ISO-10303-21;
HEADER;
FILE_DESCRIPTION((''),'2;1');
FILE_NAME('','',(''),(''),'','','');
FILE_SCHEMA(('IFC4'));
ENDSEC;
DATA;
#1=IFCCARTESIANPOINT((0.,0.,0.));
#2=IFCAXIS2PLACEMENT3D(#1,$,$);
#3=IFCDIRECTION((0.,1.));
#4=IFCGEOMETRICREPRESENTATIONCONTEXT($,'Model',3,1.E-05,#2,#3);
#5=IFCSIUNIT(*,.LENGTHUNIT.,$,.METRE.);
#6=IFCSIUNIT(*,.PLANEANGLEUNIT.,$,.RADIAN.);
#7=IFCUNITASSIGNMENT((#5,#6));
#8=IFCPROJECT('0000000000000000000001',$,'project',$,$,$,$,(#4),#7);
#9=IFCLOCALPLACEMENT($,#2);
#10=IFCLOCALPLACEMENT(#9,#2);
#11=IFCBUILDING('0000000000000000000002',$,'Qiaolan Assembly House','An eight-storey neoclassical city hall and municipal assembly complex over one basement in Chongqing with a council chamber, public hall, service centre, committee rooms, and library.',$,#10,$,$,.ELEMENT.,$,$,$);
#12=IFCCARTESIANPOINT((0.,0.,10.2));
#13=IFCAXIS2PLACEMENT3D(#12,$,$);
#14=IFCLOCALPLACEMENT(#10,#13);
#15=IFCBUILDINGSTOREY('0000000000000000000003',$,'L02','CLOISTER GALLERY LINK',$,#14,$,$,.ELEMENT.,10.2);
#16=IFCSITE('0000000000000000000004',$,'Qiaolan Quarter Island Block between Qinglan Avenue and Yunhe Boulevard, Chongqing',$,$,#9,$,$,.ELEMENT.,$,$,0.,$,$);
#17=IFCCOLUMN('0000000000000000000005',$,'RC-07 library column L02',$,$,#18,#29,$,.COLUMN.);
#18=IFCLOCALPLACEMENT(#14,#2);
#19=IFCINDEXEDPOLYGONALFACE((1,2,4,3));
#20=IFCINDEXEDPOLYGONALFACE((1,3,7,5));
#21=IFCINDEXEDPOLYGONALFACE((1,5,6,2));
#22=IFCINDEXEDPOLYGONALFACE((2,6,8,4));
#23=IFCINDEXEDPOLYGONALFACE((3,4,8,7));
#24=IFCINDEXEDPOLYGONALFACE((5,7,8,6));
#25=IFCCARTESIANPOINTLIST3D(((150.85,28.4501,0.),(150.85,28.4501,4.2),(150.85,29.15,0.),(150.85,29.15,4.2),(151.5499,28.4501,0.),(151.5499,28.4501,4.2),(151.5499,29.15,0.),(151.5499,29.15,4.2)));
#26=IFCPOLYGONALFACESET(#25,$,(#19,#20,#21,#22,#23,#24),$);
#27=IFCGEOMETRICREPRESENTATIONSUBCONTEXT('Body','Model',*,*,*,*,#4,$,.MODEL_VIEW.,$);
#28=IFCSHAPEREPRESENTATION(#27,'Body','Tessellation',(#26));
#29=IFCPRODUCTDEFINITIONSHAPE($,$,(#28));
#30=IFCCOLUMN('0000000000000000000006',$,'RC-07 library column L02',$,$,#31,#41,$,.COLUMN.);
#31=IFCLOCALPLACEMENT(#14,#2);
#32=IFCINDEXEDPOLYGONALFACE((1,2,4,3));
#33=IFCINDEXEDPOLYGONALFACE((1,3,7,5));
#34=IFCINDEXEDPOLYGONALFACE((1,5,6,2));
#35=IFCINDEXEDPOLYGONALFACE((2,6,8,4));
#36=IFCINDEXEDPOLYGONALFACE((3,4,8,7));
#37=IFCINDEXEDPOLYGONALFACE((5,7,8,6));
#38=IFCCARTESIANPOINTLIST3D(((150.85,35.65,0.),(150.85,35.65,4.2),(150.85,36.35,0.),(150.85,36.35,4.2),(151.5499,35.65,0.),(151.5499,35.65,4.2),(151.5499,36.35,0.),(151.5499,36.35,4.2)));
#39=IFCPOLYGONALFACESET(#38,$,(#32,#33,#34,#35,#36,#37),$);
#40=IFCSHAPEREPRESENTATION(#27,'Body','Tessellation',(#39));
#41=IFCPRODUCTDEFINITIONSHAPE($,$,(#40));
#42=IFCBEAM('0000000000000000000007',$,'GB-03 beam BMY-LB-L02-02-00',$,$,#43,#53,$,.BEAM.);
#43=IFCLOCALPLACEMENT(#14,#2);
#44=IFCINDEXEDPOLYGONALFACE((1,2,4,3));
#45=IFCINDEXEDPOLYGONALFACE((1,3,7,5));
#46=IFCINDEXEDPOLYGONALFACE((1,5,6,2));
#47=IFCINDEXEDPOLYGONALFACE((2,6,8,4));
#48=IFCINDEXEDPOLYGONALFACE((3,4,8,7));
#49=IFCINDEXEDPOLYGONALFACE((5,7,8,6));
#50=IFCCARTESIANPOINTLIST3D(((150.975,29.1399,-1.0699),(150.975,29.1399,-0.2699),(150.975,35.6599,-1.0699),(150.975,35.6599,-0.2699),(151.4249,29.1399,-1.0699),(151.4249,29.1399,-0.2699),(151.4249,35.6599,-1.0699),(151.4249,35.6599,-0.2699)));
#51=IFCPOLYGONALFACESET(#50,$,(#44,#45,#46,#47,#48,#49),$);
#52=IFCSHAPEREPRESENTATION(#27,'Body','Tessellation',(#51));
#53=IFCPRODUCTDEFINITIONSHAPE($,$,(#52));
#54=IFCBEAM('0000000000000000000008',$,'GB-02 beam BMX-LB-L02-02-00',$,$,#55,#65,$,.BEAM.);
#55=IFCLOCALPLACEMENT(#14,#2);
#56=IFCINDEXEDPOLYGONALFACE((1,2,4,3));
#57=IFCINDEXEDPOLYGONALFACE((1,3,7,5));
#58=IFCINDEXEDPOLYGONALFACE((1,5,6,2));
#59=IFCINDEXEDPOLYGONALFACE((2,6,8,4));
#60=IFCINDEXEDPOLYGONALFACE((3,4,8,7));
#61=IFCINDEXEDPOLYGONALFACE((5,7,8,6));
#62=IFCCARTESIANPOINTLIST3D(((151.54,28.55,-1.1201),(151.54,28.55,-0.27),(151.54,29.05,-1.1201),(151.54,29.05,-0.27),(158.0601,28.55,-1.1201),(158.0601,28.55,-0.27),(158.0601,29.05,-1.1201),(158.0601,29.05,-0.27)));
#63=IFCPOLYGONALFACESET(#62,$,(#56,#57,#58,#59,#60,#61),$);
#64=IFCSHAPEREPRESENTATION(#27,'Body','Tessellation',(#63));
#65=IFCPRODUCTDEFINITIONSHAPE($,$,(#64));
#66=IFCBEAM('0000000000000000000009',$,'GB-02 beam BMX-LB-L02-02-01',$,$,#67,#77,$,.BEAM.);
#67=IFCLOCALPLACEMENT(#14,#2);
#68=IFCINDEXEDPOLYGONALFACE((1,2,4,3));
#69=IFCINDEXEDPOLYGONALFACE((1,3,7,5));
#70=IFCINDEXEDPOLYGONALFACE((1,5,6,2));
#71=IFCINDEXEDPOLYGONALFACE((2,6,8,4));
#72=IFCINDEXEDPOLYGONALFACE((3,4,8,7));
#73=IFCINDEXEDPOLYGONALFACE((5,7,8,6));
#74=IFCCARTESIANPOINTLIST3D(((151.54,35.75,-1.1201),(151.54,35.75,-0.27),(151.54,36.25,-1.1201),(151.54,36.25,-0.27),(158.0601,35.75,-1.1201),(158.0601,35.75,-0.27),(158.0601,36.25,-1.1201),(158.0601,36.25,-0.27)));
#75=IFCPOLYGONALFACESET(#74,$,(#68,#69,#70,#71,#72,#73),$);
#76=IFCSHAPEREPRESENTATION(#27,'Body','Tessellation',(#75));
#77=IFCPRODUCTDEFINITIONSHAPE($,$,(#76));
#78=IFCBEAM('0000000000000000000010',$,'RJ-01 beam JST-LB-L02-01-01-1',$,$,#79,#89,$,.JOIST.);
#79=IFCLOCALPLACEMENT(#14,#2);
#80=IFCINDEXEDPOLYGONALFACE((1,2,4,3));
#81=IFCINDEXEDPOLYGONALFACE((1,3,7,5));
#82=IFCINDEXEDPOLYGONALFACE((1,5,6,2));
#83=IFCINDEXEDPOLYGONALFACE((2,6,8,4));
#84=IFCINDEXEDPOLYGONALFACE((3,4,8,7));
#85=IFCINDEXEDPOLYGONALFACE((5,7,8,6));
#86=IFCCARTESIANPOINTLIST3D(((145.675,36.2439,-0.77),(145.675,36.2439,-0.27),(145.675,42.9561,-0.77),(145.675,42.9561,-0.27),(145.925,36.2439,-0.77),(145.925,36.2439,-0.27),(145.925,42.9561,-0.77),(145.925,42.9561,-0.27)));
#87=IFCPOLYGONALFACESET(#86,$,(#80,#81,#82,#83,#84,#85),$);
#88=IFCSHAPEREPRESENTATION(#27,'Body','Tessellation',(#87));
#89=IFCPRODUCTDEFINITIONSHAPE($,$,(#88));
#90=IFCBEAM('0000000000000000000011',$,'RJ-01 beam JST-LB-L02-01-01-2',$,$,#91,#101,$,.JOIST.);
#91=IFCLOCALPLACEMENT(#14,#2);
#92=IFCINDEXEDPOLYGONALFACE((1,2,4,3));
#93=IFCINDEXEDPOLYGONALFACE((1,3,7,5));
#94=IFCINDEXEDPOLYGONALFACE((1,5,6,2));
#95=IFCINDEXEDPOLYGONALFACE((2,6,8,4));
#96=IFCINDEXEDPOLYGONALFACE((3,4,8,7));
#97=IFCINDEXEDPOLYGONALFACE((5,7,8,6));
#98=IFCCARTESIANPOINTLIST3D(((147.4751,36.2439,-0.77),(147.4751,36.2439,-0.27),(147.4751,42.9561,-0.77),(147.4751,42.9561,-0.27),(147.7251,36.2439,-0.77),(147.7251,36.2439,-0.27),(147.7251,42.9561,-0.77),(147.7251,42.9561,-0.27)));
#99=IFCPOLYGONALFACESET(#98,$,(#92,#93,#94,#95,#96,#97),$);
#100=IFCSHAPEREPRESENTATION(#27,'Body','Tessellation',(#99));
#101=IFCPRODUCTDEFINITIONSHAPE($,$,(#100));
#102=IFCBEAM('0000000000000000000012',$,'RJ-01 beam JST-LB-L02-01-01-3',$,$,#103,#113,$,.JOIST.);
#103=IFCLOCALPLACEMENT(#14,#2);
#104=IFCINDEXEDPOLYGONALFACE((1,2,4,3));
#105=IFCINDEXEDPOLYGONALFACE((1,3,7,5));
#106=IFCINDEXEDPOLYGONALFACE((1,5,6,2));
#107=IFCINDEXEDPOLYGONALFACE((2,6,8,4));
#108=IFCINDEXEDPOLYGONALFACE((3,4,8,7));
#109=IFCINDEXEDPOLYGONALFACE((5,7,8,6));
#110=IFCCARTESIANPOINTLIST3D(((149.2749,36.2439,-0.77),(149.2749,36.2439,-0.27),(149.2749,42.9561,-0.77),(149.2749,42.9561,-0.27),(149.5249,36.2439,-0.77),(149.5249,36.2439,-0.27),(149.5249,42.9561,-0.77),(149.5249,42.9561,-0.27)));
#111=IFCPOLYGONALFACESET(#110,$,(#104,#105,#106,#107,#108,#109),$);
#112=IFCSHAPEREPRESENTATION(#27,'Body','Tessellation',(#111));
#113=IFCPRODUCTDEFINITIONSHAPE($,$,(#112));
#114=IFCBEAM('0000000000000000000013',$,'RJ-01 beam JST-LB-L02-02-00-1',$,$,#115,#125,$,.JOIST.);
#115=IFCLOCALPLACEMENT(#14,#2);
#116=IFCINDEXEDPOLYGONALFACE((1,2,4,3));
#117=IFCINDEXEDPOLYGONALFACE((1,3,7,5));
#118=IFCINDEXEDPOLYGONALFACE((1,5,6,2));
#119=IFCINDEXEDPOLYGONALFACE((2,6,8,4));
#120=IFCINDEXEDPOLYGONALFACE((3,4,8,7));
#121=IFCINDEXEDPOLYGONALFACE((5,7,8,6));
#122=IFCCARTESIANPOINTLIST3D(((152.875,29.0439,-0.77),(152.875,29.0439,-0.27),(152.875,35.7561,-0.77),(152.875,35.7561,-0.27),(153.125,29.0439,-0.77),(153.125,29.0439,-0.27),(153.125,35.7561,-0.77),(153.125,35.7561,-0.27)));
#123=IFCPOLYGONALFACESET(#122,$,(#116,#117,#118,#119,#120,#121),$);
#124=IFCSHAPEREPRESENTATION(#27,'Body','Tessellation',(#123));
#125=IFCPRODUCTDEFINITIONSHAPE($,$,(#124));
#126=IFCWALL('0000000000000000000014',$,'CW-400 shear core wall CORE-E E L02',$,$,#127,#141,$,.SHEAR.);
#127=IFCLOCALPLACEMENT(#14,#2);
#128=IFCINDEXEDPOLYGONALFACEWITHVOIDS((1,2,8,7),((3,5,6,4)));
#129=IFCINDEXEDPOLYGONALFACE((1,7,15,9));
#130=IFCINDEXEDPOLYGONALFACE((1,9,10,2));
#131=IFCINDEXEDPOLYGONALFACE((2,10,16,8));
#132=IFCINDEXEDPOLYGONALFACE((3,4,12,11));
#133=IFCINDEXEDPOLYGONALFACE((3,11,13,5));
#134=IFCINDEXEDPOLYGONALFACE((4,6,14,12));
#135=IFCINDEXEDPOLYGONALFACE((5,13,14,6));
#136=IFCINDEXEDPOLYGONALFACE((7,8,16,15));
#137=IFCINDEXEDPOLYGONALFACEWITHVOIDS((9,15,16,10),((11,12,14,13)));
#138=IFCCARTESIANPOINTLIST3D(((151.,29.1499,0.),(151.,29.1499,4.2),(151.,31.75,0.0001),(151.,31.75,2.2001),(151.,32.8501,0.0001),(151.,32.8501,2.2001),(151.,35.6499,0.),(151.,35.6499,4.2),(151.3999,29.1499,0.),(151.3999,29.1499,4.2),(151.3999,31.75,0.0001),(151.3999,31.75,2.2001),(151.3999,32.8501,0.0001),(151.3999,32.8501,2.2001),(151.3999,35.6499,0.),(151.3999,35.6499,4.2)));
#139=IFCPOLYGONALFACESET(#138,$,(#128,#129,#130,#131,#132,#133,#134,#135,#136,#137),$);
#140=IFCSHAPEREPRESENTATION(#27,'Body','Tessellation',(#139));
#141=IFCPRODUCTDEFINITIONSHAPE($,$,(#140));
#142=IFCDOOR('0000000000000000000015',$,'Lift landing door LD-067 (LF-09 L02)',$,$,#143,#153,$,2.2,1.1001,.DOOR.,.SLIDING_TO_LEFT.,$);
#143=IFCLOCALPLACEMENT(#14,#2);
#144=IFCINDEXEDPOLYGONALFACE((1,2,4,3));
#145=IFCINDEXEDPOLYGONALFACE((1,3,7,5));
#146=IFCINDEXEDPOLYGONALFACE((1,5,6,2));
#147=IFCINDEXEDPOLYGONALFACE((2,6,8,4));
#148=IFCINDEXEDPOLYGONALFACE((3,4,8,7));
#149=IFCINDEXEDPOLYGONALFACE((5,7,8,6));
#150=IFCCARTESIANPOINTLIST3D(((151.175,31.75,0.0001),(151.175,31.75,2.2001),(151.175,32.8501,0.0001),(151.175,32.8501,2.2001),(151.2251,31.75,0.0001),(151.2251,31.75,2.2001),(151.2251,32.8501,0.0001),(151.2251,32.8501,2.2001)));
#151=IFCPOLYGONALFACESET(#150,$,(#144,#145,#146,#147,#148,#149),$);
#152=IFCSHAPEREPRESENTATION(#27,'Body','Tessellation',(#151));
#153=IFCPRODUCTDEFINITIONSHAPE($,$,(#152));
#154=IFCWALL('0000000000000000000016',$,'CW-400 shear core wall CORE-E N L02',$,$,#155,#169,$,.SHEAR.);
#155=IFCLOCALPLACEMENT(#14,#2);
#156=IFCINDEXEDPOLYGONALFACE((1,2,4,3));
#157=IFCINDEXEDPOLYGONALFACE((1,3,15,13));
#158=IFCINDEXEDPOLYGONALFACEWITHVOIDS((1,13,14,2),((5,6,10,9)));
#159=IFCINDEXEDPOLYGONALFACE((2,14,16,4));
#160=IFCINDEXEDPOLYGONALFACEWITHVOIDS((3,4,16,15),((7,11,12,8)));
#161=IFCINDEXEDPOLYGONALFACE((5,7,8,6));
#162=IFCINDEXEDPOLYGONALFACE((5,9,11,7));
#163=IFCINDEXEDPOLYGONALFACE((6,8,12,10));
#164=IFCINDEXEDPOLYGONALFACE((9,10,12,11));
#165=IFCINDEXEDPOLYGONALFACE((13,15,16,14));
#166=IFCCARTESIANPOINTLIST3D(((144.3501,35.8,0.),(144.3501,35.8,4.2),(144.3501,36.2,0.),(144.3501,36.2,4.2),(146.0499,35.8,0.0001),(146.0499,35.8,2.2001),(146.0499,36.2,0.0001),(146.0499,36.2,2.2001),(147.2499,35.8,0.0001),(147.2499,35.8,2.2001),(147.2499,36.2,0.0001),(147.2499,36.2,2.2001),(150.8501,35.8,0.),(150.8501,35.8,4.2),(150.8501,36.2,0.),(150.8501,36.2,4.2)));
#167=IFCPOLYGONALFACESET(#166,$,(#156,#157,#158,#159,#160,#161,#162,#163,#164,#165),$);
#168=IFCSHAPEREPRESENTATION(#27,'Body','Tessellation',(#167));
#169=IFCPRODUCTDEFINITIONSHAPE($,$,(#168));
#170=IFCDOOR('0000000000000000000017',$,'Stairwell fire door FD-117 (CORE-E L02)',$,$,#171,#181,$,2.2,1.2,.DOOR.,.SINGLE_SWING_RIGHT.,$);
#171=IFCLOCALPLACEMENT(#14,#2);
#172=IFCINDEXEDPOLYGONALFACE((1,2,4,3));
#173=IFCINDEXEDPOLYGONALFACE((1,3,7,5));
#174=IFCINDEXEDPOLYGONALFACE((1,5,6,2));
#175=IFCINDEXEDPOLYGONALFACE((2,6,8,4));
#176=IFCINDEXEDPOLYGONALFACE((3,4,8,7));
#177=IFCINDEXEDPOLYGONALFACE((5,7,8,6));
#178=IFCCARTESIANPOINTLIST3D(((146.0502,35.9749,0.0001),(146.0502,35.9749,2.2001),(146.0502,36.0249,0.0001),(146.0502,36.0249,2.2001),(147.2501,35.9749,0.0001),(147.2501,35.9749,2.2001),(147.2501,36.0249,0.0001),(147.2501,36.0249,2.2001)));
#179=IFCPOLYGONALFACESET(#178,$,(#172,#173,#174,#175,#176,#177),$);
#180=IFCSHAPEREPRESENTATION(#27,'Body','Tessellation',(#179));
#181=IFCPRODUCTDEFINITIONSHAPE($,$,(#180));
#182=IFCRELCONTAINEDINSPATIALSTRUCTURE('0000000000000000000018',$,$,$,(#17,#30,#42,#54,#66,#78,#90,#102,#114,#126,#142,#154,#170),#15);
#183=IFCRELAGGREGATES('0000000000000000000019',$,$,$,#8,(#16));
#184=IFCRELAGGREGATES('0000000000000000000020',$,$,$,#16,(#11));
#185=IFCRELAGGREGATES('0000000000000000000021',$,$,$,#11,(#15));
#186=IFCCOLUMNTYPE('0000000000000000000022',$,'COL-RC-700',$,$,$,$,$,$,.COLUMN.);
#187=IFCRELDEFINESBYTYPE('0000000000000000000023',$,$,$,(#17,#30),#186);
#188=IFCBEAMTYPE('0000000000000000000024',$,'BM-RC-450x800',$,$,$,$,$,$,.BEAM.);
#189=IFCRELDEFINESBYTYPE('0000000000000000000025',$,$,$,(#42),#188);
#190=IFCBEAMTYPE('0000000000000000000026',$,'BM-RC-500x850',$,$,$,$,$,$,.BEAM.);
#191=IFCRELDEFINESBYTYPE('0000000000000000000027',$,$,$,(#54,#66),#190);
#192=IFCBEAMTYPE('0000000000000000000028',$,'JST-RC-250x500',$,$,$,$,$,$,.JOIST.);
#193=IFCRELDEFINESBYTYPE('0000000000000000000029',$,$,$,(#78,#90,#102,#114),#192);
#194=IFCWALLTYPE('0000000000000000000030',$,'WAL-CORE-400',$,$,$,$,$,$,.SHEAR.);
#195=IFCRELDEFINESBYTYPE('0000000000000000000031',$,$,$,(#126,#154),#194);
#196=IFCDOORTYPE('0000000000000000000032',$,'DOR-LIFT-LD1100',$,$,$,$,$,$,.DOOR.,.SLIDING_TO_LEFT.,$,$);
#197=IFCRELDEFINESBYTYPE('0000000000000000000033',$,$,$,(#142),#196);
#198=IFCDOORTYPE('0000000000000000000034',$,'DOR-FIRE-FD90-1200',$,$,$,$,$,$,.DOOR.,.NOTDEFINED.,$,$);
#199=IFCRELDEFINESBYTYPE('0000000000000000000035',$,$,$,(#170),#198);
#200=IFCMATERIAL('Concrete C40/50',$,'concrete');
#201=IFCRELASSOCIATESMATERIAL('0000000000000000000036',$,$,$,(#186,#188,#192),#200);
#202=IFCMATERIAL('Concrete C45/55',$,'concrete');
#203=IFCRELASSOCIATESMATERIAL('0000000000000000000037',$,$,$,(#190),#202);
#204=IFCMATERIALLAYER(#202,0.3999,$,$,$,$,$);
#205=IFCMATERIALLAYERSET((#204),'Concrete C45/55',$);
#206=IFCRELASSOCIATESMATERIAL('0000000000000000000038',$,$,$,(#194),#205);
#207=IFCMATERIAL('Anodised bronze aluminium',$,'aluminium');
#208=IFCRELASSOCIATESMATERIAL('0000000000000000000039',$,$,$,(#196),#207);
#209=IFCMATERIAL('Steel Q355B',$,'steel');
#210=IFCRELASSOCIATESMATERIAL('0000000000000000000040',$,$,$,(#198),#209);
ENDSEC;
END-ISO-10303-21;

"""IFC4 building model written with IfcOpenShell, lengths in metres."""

from ifc_helpers import new_model, si_unit, direction, frame, frame_2d, origin, origin_2d, place, context, subcontext, project, spatial, rectangle, extrude, material, layer, layer_set, material_profile, profile_set, type_object, element, fill, save


model = new_model("IFC4")

# Units and contexts
model_context = context("Model", 3, precision=1e-05, world=origin(), true_north=direction((0.0, 1.0)))
body_context = subcontext(model_context, "Body", "Model", "MODEL_VIEW")
ifc_project = project(units=[si_unit("LENGTHUNIT", "METRE"), si_unit("PLANEANGLEUNIT", "RADIAN")], contexts=[model_context])

# Site, building, storey
site_placement = place(None, origin())
site = spatial("IfcSite", under=ifc_project, at=site_placement, Name="Qiaolan Quarter Island Block between Qinglan Avenue and Yunhe Boulevard, Chongqing", CompositionType="ELEMENT", RefElevation=0.0)
building_placement = place(site_placement, origin())
building = spatial("IfcBuilding", under=site, at=building_placement, Name="Qiaolan Assembly House", Description="An eight-storey neoclassical city hall and municipal assembly complex over one basement in Chongqing with a council chamber, public hall, service centre, committee rooms, and library.", CompositionType="ELEMENT")
storey_placement = place(building_placement, frame((0.0, 0.0, 10.2)))
storey = spatial("IfcBuildingStorey", under=building, at=storey_placement, Name="L02", Description="CLOISTER GALLERY LINK", CompositionType="ELEMENT", Elevation=10.2)

# Columns
ifc_material_1 = material(Name="Concrete C40/50", Category="concrete")
ifc_material_profile_1 = material_profile(ifc_material_1, rectangle(XDim=0.7, YDim=0.7, at=origin_2d()), Name="RC 700x700")
ifc_profile_set_1 = profile_set([ifc_material_profile_1], Name="Concrete C40/50")
column_type = type_object("IfcColumnType", Name="COL-RC-700", PredefinedType="COLUMN", material=ifc_profile_set_1)
for number, where, z_axis, x_axis, name in (
    (1, (151.2, 28.8, 0.0), (0.0, 0.0, 1.0), (1.0, 0.0, 0.0), "RC-07 library column L02"),
    (2, (151.2, 36.0, 0.0), (0.0, 0.0, 1.0), (1.0, 0.0, 0.0), "RC-07 library column L02"),
):
    element("IfcColumn", number, at=place(storey_placement, frame(where, z_axis=z_axis, x_axis=x_axis)), inside=storey, type_object=column_type, Name=name, PredefinedType="COLUMN", context=body_context, shape_type="SweptSolid", body=[
        extrude(rectangle(XDim=0.7, YDim=0.7, at=origin_2d()), origin(), (0.0, 0.0, 1.0), 4.2),
    ])

# Beams
ifc_material_profile_2 = material_profile(ifc_material_1, rectangle(XDim=0.45, YDim=0.8, at=origin_2d()), Name="RCB 450x800")
ifc_profile_set_2 = profile_set([ifc_material_profile_2], Name="Concrete C40/50")
beam_type_1 = type_object("IfcBeamType", Name="BM-RC-450x800", PredefinedType="BEAM", material=ifc_profile_set_2)
beam_placement = place(storey_placement, frame((151.2, 29.1399, -0.6699), z_axis=(0.0, 1.0, 0.0), x_axis=(-1.0, 0.0, 0.0)))
element("IfcBeam", 3, at=beam_placement, inside=storey, type_object=beam_type_1, Name="GB-03 beam BMY-LB-L02-02-00", PredefinedType="BEAM", context=body_context, shape_type="SweptSolid", body=[
    extrude(rectangle(XDim=0.45, YDim=0.8, at=origin_2d()), origin(), (0.0, 0.0, 1.0), 6.52),
])
ifc_material_2 = material(Name="Concrete C45/55", Category="concrete")
ifc_material_profile_3 = material_profile(ifc_material_2, rectangle(XDim=0.5, YDim=0.8501, at=origin_2d()), Name="RCB 500x850")
ifc_profile_set_3 = profile_set([ifc_material_profile_3], Name="Concrete C45/55")
beam_type_2 = type_object("IfcBeamType", Name="BM-RC-500x850", PredefinedType="BEAM", material=ifc_profile_set_3)
for number, where, z_axis, x_axis, name in (
    (4, (151.54, 28.8, -0.6951), (1.0, 0.0, 0.0), (0.0, 1.0, 0.0), "GB-02 beam BMX-LB-L02-02-00"),
    (5, (151.54, 36.0, -0.6951), (1.0, 0.0, 0.0), (0.0, 1.0, 0.0), "GB-02 beam BMX-LB-L02-02-01"),
):
    element("IfcBeam", number, at=place(storey_placement, frame(where, z_axis=z_axis, x_axis=x_axis)), inside=storey, type_object=beam_type_2, Name=name, PredefinedType="BEAM", context=body_context, shape_type="SweptSolid", body=[
        extrude(rectangle(XDim=0.5, YDim=0.8501, at=origin_2d()), origin(), (0.0, 0.0, 1.0), 6.52),
    ])
ifc_material_profile_4 = material_profile(ifc_material_1, rectangle(XDim=0.25, YDim=0.5, at=origin_2d()), Name="RCB 250x500")
ifc_profile_set_4 = profile_set([ifc_material_profile_4], Name="Concrete C40/50")
beam_type_3 = type_object("IfcBeamType", Name="JST-RC-250x500", PredefinedType="JOIST", material=ifc_profile_set_4)
for number, where, z_axis, x_axis, name in (
    (6, (145.8, 36.2439, -0.52), (0.0, 1.0, 0.0), (-1.0, 0.0, 0.0), "RJ-01 beam JST-LB-L02-01-01-1"),
    (7, (147.6001, 36.2439, -0.52), (0.0, 1.0, 0.0), (-1.0, 0.0, 0.0), "RJ-01 beam JST-LB-L02-01-01-2"),
    (8, (149.3999, 36.2439, -0.52), (0.0, 1.0, 0.0), (-1.0, 0.0, 0.0), "RJ-01 beam JST-LB-L02-01-01-3"),
    (9, (153.0, 29.0439, -0.52), (0.0, 1.0, 0.0), (-1.0, 0.0, 0.0), "RJ-01 beam JST-LB-L02-02-00-1"),
):
    element("IfcBeam", number, at=place(storey_placement, frame(where, z_axis=z_axis, x_axis=x_axis)), inside=storey, type_object=beam_type_3, Name=name, PredefinedType="JOIST", context=body_context, shape_type="SweptSolid", body=[
        extrude(rectangle(XDim=0.25, YDim=0.5, at=origin_2d()), origin(), (0.0, 0.0, 1.0), 6.7122),
    ])

# Walls, openings, doors
ifc_layer_1 = layer(ifc_material_2, 0.3999)
ifc_layer_set_1 = layer_set([ifc_layer_1], Name="Concrete C45/55")
wall_type_1 = type_object("IfcWallType", Name="WAL-CORE-400", PredefinedType="SHEAR", material=ifc_layer_set_1)
wall_1_placement = place(storey_placement, frame((151.2, 29.1499, 0.0), z_axis=(0.0, 0.0, 1.0), x_axis=(0.0, 1.0, 0.0)))
wall_1 = element("IfcWall", 10, at=wall_1_placement, inside=storey, type_object=wall_type_1, Name="CW-400 shear core wall CORE-E E L02", PredefinedType="SHEAR", context=body_context, shape_type="SweptSolid", body=[
    extrude(rectangle(XDim=6.5, YDim=0.3999, at=frame_2d((3.25, 0.0))), origin(), (0.0, 0.0, 1.0), 4.2),
])
opening_1_placement = place(wall_1_placement, frame((2.6001, 0.0, 0.0)))
opening_1 = element("IfcOpeningElement", 11, at=opening_1_placement, cuts=wall_1, PredefinedType="OPENING", context=body_context, shape_type="SweptSolid", body=[
    extrude(rectangle(XDim=1.1001, YDim=2.2, at=frame_2d((0.55, 1.1001))), frame((0.0, 0.21, 0.0), z_axis=(0.0, -1.0, 0.0), x_axis=(1.0, 0.0, 0.0)), (0.0, 0.0, 1.0), 0.4199),
])
ifc_material_3 = material(Name="Anodised bronze aluminium", Category="aluminium")
door_type_1 = type_object("IfcDoorType", Name="DOR-LIFT-LD1100", OperationType="SLIDING_TO_LEFT", PredefinedType="DOOR", material=ifc_material_3)
door_1_placement = place(opening_1_placement, origin())
door_1 = element("IfcDoor", 12, at=door_1_placement, inside=storey, type_object=door_type_1, Name="Lift landing door LD-067 (LF-09 L02)", OperationType="SLIDING_TO_LEFT", OverallHeight=2.2, OverallWidth=1.1001, PredefinedType="DOOR", context=body_context, shape_type="SweptSolid", body=[
    extrude(rectangle(XDim=1.1001, YDim=2.2, at=frame_2d((0.55, 1.1001))), frame((0.0, 0.0249, 0.0), z_axis=(0.0, -1.0, 0.0), x_axis=(1.0, 0.0, 0.0)), (0.0, 0.0, 1.0), 0.05),
])
fill(opening_1, door_1)
wall_2_placement = place(storey_placement, frame((150.8501, 36.0, 0.0), z_axis=(0.0, 0.0, 1.0), x_axis=(-1.0, 0.0, 0.0)))
wall_2 = element("IfcWall", 13, at=wall_2_placement, inside=storey, type_object=wall_type_1, Name="CW-400 shear core wall CORE-E N L02", PredefinedType="SHEAR", context=body_context, shape_type="SweptSolid", body=[
    extrude(rectangle(XDim=6.5, YDim=0.3999, at=frame_2d((3.25, 0.0))), origin(), (0.0, 0.0, 1.0), 4.2),
])
opening_2_placement = place(wall_2_placement, frame((3.6001, 0.0, 0.0)))
opening_2 = element("IfcOpeningElement", 14, at=opening_2_placement, cuts=wall_2, PredefinedType="OPENING", context=body_context, shape_type="SweptSolid", body=[
    extrude(rectangle(XDim=1.2, YDim=2.2, at=frame_2d((0.6001, 1.1001))), frame((0.0, 0.21, 0.0), z_axis=(0.0, -1.0, 0.0), x_axis=(1.0, 0.0, 0.0)), (0.0, 0.0, 1.0), 0.4199),
])
ifc_material_4 = material(Name="Steel Q355B", Category="steel")
door_type_2 = type_object("IfcDoorType", Name="DOR-FIRE-FD90-1200", OperationType="NOTDEFINED", PredefinedType="DOOR", material=ifc_material_4)
door_2_placement = place(opening_2_placement, frame((1.2, 0.0, 0.0), z_axis=(0.0, 0.0, 1.0), x_axis=(-1.0, 0.0, 0.0)))
door_2 = element("IfcDoor", 15, at=door_2_placement, inside=storey, type_object=door_type_2, Name="Stairwell fire door FD-117 (CORE-E L02)", OperationType="SINGLE_SWING_RIGHT", OverallHeight=2.2, OverallWidth=1.2, PredefinedType="DOOR", context=body_context, shape_type="SweptSolid", body=[
    extrude(rectangle(XDim=1.2, YDim=2.2, at=frame_2d((0.6001, 1.1001))), frame((0.0, 0.0249, 0.0), z_axis=(0.0, -1.0, 0.0), x_axis=(1.0, 0.0, 0.0)), (0.0, 0.0, 1.0), 0.05),
])
fill(opening_2, door_2)

save(model, "model.ifc")
